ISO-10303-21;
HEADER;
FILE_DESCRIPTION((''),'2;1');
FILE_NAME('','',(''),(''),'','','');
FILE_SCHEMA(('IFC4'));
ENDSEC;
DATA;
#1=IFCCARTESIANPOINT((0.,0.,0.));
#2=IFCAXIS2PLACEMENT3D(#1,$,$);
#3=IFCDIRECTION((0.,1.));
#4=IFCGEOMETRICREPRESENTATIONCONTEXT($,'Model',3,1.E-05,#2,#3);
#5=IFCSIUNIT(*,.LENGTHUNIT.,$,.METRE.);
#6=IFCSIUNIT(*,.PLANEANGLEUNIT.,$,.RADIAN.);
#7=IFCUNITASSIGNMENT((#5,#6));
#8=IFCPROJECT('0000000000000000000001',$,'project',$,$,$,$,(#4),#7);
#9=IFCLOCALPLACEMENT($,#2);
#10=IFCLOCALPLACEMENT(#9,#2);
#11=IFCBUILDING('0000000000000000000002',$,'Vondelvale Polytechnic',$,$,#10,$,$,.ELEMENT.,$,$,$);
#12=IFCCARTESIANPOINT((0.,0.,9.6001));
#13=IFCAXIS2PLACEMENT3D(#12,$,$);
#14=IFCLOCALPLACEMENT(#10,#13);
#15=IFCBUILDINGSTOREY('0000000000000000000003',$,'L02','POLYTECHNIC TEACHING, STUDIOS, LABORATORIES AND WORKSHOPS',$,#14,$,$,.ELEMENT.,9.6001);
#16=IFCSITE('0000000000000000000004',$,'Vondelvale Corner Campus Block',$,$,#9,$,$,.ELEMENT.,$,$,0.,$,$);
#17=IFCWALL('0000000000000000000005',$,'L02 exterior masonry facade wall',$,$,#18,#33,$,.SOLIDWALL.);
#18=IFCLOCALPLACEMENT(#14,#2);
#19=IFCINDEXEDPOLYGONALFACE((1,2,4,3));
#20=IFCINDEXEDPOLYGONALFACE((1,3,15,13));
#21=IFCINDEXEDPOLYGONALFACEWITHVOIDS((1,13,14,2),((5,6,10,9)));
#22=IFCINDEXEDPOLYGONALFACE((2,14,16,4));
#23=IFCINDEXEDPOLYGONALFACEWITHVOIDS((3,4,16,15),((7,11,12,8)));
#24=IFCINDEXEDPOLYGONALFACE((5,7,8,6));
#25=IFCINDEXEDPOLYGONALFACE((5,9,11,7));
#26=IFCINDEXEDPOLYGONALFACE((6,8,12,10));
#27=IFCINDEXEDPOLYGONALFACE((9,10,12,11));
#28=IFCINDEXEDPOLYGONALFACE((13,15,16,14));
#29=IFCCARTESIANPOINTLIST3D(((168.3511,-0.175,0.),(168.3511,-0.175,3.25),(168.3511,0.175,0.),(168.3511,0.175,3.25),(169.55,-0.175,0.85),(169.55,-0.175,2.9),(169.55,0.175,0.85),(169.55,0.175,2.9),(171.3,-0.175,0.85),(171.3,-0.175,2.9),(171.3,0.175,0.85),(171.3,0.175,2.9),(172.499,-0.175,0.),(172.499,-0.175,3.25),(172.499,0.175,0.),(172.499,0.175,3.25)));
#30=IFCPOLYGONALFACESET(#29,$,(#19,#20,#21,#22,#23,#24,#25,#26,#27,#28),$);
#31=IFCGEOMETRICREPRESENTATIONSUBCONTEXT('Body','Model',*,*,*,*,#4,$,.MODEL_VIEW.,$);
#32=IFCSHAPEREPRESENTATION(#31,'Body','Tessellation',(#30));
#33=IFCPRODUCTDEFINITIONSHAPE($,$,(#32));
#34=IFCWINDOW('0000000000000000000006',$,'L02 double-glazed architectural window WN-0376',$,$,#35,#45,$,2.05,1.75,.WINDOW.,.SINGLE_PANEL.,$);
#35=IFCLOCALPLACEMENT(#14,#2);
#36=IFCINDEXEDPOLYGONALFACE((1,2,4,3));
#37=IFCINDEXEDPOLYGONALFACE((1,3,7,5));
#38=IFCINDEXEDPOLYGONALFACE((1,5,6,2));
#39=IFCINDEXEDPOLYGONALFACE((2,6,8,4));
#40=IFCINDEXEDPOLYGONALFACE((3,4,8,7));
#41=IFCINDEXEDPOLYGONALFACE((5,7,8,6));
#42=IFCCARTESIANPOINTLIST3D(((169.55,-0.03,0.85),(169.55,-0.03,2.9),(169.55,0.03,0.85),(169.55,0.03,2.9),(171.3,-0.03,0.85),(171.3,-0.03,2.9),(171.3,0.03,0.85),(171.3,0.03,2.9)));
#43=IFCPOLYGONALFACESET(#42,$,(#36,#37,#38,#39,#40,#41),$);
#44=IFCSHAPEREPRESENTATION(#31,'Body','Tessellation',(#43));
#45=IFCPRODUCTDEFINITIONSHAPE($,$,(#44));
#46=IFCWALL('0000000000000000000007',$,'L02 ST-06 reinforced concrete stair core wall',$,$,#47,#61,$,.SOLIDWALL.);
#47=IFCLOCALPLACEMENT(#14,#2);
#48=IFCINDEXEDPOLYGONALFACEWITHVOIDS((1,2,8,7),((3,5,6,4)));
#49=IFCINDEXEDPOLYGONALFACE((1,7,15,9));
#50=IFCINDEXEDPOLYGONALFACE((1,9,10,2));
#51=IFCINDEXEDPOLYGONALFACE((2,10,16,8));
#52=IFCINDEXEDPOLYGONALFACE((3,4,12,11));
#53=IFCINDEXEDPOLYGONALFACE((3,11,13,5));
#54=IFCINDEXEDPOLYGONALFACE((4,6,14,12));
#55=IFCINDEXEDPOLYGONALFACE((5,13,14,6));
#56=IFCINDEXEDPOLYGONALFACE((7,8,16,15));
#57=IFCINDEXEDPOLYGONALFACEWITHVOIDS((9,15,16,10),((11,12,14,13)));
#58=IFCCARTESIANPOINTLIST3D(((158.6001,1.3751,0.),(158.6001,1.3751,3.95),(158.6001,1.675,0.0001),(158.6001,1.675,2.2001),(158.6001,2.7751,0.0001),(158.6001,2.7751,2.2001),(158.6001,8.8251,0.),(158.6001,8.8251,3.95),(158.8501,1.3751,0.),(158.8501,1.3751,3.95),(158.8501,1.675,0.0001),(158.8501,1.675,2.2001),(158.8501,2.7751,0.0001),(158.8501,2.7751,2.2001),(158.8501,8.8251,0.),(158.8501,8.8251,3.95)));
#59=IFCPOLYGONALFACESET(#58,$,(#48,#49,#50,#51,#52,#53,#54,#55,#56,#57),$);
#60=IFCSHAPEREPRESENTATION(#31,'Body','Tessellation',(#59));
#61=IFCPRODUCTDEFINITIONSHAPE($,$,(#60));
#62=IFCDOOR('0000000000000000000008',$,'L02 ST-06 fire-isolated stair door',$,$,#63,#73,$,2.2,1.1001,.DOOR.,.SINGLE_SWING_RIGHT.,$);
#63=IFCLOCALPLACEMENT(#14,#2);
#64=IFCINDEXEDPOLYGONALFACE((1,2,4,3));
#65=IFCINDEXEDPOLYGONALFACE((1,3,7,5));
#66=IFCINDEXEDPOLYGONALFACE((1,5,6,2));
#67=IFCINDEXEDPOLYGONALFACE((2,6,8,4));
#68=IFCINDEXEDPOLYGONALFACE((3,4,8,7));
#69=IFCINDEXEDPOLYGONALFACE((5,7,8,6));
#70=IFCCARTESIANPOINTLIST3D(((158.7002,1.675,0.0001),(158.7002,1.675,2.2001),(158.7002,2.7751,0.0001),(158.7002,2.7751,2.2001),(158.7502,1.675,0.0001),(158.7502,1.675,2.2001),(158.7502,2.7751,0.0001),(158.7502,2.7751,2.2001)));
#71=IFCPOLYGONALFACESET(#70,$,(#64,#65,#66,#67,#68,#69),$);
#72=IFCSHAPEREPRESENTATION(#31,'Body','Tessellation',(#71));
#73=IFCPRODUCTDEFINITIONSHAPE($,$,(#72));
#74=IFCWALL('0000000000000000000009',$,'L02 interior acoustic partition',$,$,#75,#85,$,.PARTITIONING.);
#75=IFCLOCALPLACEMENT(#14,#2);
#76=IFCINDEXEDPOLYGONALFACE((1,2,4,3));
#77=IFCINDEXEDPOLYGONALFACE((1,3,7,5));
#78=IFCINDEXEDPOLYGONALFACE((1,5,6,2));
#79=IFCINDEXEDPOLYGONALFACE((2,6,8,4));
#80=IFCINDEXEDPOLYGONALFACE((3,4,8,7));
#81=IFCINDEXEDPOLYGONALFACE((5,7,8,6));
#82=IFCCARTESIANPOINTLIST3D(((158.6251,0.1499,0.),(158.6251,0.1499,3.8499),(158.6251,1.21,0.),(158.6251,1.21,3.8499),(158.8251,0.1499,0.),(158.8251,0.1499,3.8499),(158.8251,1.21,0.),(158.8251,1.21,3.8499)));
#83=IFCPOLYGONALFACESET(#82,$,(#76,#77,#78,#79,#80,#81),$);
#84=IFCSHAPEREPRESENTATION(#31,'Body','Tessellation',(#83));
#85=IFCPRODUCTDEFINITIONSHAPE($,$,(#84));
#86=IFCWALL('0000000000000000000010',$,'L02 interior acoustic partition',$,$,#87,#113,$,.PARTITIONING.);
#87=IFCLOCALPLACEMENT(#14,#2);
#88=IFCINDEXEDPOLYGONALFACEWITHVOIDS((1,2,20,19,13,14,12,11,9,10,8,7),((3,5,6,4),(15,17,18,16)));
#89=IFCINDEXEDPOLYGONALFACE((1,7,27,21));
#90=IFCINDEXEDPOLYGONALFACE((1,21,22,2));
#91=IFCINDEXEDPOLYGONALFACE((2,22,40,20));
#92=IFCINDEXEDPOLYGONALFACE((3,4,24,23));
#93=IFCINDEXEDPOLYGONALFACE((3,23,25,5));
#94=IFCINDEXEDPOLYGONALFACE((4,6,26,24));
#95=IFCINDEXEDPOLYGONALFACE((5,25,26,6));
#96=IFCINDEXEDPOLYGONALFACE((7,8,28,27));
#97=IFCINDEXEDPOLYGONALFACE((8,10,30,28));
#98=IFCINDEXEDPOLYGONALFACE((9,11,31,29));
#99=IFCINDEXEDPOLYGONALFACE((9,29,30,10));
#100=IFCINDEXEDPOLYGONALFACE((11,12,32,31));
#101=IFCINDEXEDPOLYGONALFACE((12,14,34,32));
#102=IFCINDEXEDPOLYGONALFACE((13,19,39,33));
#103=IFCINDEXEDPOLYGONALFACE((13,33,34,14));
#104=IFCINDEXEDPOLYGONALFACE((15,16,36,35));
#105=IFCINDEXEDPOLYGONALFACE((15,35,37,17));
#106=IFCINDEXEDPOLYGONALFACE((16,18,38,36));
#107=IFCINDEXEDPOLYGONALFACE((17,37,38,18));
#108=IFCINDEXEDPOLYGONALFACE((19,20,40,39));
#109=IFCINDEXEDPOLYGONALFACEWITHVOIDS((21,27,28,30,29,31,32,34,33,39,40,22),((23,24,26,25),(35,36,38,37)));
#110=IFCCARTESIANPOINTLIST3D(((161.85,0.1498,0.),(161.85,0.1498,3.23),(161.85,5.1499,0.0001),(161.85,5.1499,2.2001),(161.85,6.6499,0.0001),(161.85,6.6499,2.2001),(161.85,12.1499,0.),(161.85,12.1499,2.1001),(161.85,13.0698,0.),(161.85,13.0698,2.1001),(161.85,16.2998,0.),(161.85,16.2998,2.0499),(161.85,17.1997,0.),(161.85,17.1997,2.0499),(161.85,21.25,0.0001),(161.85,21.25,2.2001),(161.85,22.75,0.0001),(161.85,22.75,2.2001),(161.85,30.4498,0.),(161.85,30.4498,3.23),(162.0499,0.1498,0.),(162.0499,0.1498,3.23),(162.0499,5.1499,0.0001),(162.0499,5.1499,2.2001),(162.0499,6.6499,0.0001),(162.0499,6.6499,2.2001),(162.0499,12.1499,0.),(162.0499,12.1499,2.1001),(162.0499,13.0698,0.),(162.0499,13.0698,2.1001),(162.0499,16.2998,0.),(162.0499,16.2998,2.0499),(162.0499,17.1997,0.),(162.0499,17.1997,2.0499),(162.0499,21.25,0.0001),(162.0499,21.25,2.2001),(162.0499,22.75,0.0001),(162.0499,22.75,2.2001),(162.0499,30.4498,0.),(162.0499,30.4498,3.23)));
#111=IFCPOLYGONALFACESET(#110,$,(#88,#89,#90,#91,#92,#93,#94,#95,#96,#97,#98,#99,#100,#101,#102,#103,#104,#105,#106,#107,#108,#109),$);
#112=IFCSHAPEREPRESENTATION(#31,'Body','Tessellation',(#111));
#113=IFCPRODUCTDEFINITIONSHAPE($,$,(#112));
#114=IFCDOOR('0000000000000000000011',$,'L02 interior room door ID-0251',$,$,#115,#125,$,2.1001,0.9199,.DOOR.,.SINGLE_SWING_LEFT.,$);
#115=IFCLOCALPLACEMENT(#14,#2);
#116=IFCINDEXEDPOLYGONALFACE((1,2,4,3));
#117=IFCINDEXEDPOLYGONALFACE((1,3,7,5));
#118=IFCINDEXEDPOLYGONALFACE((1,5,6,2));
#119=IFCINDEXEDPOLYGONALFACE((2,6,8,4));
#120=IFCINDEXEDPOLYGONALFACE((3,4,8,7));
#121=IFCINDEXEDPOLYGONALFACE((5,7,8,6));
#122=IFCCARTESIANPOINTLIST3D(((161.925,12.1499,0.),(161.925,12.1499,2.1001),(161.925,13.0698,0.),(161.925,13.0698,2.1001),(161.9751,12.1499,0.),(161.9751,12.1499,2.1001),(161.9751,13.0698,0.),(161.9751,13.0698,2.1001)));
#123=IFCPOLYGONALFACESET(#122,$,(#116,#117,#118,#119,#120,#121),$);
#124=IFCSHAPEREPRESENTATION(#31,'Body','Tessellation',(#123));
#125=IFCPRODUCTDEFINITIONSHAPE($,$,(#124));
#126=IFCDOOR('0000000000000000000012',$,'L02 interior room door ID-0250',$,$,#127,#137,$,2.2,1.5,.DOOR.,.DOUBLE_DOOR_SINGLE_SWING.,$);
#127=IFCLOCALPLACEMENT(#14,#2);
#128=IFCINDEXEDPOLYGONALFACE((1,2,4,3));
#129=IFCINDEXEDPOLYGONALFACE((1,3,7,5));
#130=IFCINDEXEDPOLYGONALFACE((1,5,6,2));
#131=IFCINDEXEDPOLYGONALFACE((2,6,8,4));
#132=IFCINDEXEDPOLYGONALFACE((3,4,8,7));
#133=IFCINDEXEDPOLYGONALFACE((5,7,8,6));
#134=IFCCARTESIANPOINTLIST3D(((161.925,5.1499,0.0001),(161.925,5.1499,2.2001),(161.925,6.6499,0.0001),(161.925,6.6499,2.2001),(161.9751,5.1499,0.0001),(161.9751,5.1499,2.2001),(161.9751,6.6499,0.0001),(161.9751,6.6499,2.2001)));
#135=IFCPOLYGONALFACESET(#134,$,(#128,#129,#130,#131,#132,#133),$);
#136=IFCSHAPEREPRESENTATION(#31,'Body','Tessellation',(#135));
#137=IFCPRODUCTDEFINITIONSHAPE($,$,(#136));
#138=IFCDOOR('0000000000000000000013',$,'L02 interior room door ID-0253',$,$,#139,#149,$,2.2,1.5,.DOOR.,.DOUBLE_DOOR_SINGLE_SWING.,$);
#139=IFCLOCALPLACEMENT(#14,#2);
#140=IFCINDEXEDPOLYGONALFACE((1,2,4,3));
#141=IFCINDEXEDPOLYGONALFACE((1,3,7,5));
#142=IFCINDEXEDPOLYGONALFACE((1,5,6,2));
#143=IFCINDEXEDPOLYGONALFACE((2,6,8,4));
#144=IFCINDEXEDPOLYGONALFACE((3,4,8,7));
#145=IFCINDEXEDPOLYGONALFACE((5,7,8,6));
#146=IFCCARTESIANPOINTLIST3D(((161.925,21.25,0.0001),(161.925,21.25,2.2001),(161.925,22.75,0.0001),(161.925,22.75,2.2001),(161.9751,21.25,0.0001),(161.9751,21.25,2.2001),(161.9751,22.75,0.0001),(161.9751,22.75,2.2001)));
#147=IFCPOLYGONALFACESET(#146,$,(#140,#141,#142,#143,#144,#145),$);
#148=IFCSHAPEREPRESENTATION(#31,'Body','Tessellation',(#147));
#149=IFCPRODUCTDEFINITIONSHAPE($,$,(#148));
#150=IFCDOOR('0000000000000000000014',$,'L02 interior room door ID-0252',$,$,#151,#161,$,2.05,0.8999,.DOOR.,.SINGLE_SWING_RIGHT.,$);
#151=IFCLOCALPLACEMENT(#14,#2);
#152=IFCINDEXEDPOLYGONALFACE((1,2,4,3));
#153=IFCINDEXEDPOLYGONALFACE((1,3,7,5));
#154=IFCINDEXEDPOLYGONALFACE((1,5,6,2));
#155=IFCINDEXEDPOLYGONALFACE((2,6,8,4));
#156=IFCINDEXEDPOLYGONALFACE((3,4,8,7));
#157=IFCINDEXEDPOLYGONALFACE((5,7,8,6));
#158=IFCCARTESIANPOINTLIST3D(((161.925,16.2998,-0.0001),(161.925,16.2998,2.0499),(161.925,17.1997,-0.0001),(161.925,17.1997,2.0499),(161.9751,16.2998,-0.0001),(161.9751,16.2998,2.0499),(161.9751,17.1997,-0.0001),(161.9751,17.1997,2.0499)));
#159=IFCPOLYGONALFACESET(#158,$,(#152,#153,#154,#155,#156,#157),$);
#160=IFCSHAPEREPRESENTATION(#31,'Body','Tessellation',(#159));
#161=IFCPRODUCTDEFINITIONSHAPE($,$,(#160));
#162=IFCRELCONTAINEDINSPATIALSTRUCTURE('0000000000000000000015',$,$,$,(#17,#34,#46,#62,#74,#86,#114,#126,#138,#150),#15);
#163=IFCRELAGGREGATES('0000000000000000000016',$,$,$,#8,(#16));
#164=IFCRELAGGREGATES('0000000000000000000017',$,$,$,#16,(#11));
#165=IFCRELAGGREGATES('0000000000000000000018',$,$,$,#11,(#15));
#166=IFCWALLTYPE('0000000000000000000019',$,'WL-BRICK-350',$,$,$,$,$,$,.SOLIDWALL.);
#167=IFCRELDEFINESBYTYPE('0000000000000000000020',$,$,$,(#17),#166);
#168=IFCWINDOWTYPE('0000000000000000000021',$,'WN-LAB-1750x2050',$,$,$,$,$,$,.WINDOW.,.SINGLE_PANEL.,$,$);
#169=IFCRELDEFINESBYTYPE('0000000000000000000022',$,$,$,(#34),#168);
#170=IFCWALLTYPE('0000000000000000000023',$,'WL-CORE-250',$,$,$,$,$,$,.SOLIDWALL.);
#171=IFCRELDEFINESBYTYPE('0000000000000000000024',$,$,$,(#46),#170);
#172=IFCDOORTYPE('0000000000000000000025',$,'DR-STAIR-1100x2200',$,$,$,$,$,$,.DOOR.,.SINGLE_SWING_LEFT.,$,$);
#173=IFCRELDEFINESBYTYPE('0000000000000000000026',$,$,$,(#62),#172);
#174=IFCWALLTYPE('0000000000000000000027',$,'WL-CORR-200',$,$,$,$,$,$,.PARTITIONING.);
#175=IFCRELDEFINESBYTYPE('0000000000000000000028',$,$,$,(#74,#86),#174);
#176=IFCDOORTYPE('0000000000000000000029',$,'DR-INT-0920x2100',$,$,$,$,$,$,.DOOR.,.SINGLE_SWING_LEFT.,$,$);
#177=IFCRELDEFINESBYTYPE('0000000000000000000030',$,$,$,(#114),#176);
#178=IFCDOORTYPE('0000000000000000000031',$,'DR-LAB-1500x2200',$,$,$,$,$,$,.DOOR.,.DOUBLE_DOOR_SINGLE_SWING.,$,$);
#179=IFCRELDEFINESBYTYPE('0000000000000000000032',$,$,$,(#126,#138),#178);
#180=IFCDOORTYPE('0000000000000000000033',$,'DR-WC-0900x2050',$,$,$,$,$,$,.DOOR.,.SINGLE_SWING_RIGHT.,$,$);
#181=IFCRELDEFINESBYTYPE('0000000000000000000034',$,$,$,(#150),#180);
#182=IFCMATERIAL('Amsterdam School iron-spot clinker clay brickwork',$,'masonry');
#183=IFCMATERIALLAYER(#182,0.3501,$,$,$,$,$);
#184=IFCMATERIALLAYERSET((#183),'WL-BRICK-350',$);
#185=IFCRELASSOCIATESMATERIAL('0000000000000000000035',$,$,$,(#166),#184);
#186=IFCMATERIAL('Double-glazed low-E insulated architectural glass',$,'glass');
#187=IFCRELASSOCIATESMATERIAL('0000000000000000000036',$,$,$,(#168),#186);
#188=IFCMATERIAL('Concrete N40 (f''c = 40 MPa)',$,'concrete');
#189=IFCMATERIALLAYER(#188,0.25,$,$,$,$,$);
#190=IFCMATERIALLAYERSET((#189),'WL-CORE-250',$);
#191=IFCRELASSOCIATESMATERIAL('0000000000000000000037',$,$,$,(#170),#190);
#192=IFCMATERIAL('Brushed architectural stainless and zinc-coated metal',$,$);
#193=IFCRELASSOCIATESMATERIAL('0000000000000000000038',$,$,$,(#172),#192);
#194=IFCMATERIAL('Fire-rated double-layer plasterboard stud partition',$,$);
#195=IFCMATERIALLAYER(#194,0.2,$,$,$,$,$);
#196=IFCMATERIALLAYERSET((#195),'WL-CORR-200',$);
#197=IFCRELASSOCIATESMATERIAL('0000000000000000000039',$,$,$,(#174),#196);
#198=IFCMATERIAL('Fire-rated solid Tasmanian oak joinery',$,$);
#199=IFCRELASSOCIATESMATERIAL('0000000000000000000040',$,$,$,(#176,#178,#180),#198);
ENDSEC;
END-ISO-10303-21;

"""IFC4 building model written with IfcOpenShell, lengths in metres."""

from ifc_helpers import new_model, si_unit, direction, frame, frame_2d, origin, place, context, subcontext, project, spatial, rectangle, extrude, material, layer, layer_set, type_object, element, fill, save


model = new_model("IFC4")

# Units and contexts
model_context = context("Model", 3, precision=1e-05, world=origin(), true_north=direction((0.0, 1.0)))
body_context = subcontext(model_context, "Body", "Model", "MODEL_VIEW")
ifc_project = project(units=[si_unit("LENGTHUNIT", "METRE"), si_unit("PLANEANGLEUNIT", "RADIAN")], contexts=[model_context])

# Site, building, storey
site_placement = place(None, origin())
site = spatial("IfcSite", under=ifc_project, at=site_placement, Name="Vondelvale Corner Campus Block", CompositionType="ELEMENT", RefElevation=0.0)
building_placement = place(site_placement, origin())
building = spatial("IfcBuilding", under=site, at=building_placement, Name="Vondelvale Polytechnic", CompositionType="ELEMENT")
storey_placement = place(building_placement, frame((0.0, 0.0, 9.6001)))
storey = spatial("IfcBuildingStorey", under=building, at=storey_placement, Name="L02", Description="POLYTECHNIC TEACHING, STUDIOS, LABORATORIES AND WORKSHOPS", CompositionType="ELEMENT", Elevation=9.6001)

# Shared definitions
ifc_material_1 = material(Name="Concrete N40 (f'c = 40 MPa)", Category="concrete")

# Shared definitions
ifc_material_2 = material(Name="Amsterdam School iron-spot clinker clay brickwork", Category="masonry")
ifc_layer_1 = layer(ifc_material_2, 0.3501)
ifc_layer_set_1 = layer_set([ifc_layer_1], Name="WL-BRICK-350")
wall_type_1 = type_object("IfcWallType", Name="WL-BRICK-350", PredefinedType="SOLIDWALL", material=ifc_layer_set_1)
ifc_material_3 = material(Name="Double-glazed low-E insulated architectural glass", Category="glass")

# Wall, opening, window
wall_1_placement = place(storey_placement, frame((172.499, 0.0, 0.0), z_axis=(0.0, 0.0, 1.0), x_axis=(-1.0, 0.0, 0.0)))
wall_1 = element("IfcWall", 1, at=wall_1_placement, inside=storey, type_object=wall_type_1, Name="L02 exterior masonry facade wall", PredefinedType="SOLIDWALL", context=body_context, shape_type="SweptSolid", body=[
    extrude(rectangle(XDim=4.1479, YDim=0.3501, at=frame_2d((2.074, 0.0))), origin(), (0.0, 0.0, 1.0), 3.25),
])
opening_1_placement = place(wall_1_placement, frame((1.199, 0.0, 0.8501)))
opening_1 = element("IfcOpeningElement", 2, at=opening_1_placement, cuts=wall_1, PredefinedType="OPENING", context=body_context, shape_type="SweptSolid", body=[
    extrude(rectangle(XDim=1.75, YDim=2.05, at=frame_2d((0.875, 1.0249))), frame((0.0, 0.1851, 0.0), z_axis=(0.0, -1.0, 0.0), x_axis=(1.0, 0.0, 0.0)), (0.0, 0.0, 1.0), 0.3701),
])
window_type_1 = type_object("IfcWindowType", Name="WN-LAB-1750x2050", PartitioningType="SINGLE_PANEL", PredefinedType="WINDOW", material=ifc_material_3)
window_1_placement = place(opening_1_placement, origin())
window_1 = element("IfcWindow", 3, at=window_1_placement, inside=storey, type_object=window_type_1, Name="L02 double-glazed architectural window WN-0376", OverallHeight=2.05, OverallWidth=1.75, PartitioningType="SINGLE_PANEL", PredefinedType="WINDOW", context=body_context, shape_type="SweptSolid", body=[
    extrude(rectangle(XDim=1.75, YDim=2.05, at=frame_2d((0.875, 1.0249))), frame((0.0, 0.03, 0.0), z_axis=(0.0, -1.0, 0.0), x_axis=(1.0, 0.0, 0.0)), (0.0, 0.0, 1.0), 0.0601),
])
fill(opening_1, window_1)

# Wall, opening, door
ifc_layer_2 = layer(ifc_material_1, 0.25)
ifc_layer_set_2 = layer_set([ifc_layer_2], Name="WL-CORE-250")
wall_type_2 = type_object("IfcWallType", Name="WL-CORE-250", PredefinedType="SOLIDWALL", material=ifc_layer_set_2)
wall_2_placement = place(storey_placement, frame((158.7251, 1.375, 0.0), z_axis=(0.0, 0.0, 1.0), x_axis=(0.0, 1.0, 0.0)))
wall_2 = element("IfcWall", 4, at=wall_2_placement, inside=storey, type_object=wall_type_2, Name="L02 ST-06 reinforced concrete stair core wall", PredefinedType="SOLIDWALL", context=body_context, shape_type="SweptSolid", body=[
    extrude(rectangle(XDim=7.45, YDim=0.25, at=frame_2d((3.7251, 0.0))), origin(), (0.0, 0.0, 1.0), 3.95),
])
opening_2_placement = place(wall_2_placement, frame((0.3, 0.0, 0.0)))
opening_2 = element("IfcOpeningElement", 5, at=opening_2_placement, cuts=wall_2, PredefinedType="OPENING", context=body_context, shape_type="SweptSolid", body=[
    extrude(rectangle(XDim=1.1001, YDim=2.2, at=frame_2d((0.55, 1.1001))), frame((0.0, 0.135, 0.0), z_axis=(0.0, -1.0, 0.0), x_axis=(1.0, 0.0, 0.0)), (0.0, 0.0, 1.0), 0.27),
])
ifc_material_4 = material(Name="Brushed architectural stainless and zinc-coated metal")
door_type_1 = type_object("IfcDoorType", Name="DR-STAIR-1100x2200", OperationType="SINGLE_SWING_LEFT", PredefinedType="DOOR", material=ifc_material_4)
door_1_placement = place(opening_2_placement, origin())
door_1 = element("IfcDoor", 6, at=door_1_placement, inside=storey, type_object=door_type_1, Name="L02 ST-06 fire-isolated stair door", OperationType="SINGLE_SWING_RIGHT", OverallHeight=2.2, OverallWidth=1.1001, PredefinedType="DOOR", context=body_context, shape_type="SweptSolid", body=[
    extrude(rectangle(XDim=1.1001, YDim=2.2, at=frame_2d((0.55, 1.1001))), frame((0.0, 0.0249, 0.0), z_axis=(0.0, -1.0, 0.0), x_axis=(1.0, 0.0, 0.0)), (0.0, 0.0, 1.0), 0.05),
])
fill(opening_2, door_1)

# Wall
ifc_material_5 = material(Name="Fire-rated double-layer plasterboard stud partition")
ifc_layer_3 = layer(ifc_material_5, 0.2)
ifc_layer_set_3 = layer_set([ifc_layer_3], Name="WL-CORR-200")
wall_type_3 = type_object("IfcWallType", Name="WL-CORR-200", PredefinedType="PARTITIONING", material=ifc_layer_set_3)
wall_3_placement = place(storey_placement, frame((158.7251, 0.1499, 0.0), z_axis=(0.0, 0.0, 1.0), x_axis=(0.0, 1.0, 0.0)))
element("IfcWall", 7, at=wall_3_placement, inside=storey, type_object=wall_type_3, Name="L02 interior acoustic partition", PredefinedType="PARTITIONING", context=body_context, shape_type="SweptSolid", body=[
    extrude(rectangle(XDim=1.0601, YDim=0.2, at=frame_2d((0.53, 0.0))), origin(), (0.0, 0.0, 1.0), 3.8499),
])

# Wall, openings, doors
wall_4_placement = place(storey_placement, frame((161.95, 0.1499, 0.0), z_axis=(0.0, 0.0, 1.0), x_axis=(0.0, 1.0, 0.0)))
wall_4 = element("IfcWall", 8, at=wall_4_placement, inside=storey, type_object=wall_type_3, Name="L02 interior acoustic partition", PredefinedType="PARTITIONING", context=body_context, shape_type="SweptSolid", body=[
    extrude(rectangle(XDim=30.3, YDim=0.2, at=frame_2d((15.1499, 0.0))), origin(), (0.0, 0.0, 1.0), 3.23),
])
opening_3_placement = place(wall_4_placement, frame((5.0, 0.0, 0.0)))
opening_3 = element("IfcOpeningElement", 9, at=opening_3_placement, cuts=wall_4, PredefinedType="OPENING", context=body_context, shape_type="SweptSolid", body=[
    extrude(rectangle(XDim=1.5, YDim=2.2, at=frame_2d((0.75, 1.1001))), frame((0.0, 0.1099, 0.0), z_axis=(0.0, -1.0, 0.0), x_axis=(1.0, 0.0, 0.0)), (0.0, 0.0, 1.0), 0.22),
])
opening_4_placement = place(wall_4_placement, frame((12.0, 0.0, 0.0)))
opening_4 = element("IfcOpeningElement", 10, at=opening_4_placement, cuts=wall_4, PredefinedType="OPENING", context=body_context, shape_type="SweptSolid", body=[
    extrude(rectangle(XDim=0.9199, YDim=2.1001, at=frame_2d((0.46, 1.05))), frame((0.0, 0.1099, 0.0), z_axis=(0.0, -1.0, 0.0), x_axis=(1.0, 0.0, 0.0)), (0.0, 0.0, 1.0), 0.22),
])
opening_5_placement = place(wall_4_placement, frame((16.1499, 0.0, 0.0)))
opening_5 = element("IfcOpeningElement", 11, at=opening_5_placement, cuts=wall_4, PredefinedType="OPENING", context=body_context, shape_type="SweptSolid", body=[
    extrude(rectangle(XDim=0.8999, YDim=2.05, at=frame_2d((0.45, 1.0249))), frame((0.0, 0.1099, 0.0), z_axis=(0.0, -1.0, 0.0), x_axis=(1.0, 0.0, 0.0)), (0.0, 0.0, 1.0), 0.22),
])
opening_6_placement = place(wall_4_placement, frame((21.1001, 0.0, 0.0)))
opening_6 = element("IfcOpeningElement", 12, at=opening_6_placement, cuts=wall_4, PredefinedType="OPENING", context=body_context, shape_type="SweptSolid", body=[
    extrude(rectangle(XDim=1.5, YDim=2.2, at=frame_2d((0.75, 1.1001))), frame((0.0, 0.1099, 0.0), z_axis=(0.0, -1.0, 0.0), x_axis=(1.0, 0.0, 0.0)), (0.0, 0.0, 1.0), 0.22),
])
ifc_material_6 = material(Name="Fire-rated solid Tasmanian oak joinery")
door_type_2 = type_object("IfcDoorType", Name="DR-INT-0920x2100", OperationType="SINGLE_SWING_LEFT", PredefinedType="DOOR", material=ifc_material_6)
door_2_placement = place(opening_4_placement, origin())
door_2 = element("IfcDoor", 13, at=door_2_placement, inside=storey, type_object=door_type_2, Name="L02 interior room door ID-0251", OperationType="SINGLE_SWING_LEFT", OverallHeight=2.1001, OverallWidth=0.9199, PredefinedType="DOOR", context=body_context, shape_type="SweptSolid", body=[
    extrude(rectangle(XDim=0.9199, YDim=2.1001, at=frame_2d((0.46, 1.05))), frame((0.0, 0.0249, 0.0), z_axis=(0.0, -1.0, 0.0), x_axis=(1.0, 0.0, 0.0)), (0.0, 0.0, 1.0), 0.05),
])
fill(opening_4, door_2)
door_type_3 = type_object("IfcDoorType", Name="DR-LAB-1500x2200", OperationType="DOUBLE_DOOR_SINGLE_SWING", PredefinedType="DOOR", material=ifc_material_6)
door_3_placement = place(opening_3_placement, origin())
door_3 = element("IfcDoor", 14, at=door_3_placement, inside=storey, type_object=door_type_3, Name="L02 interior room door ID-0250", OperationType="DOUBLE_DOOR_SINGLE_SWING", OverallHeight=2.2, OverallWidth=1.5, PredefinedType="DOOR", context=body_context, shape_type="SweptSolid", body=[
    extrude(rectangle(XDim=1.5, YDim=2.2, at=frame_2d((0.75, 1.1001))), frame((0.0, 0.0249, 0.0), z_axis=(0.0, -1.0, 0.0), x_axis=(1.0, 0.0, 0.0)), (0.0, 0.0, 1.0), 0.05),
])
fill(opening_3, door_3)
door_4_placement = place(opening_6_placement, origin())
door_4 = element("IfcDoor", 15, at=door_4_placement, inside=storey, type_object=door_type_3, Name="L02 interior room door ID-0253", OperationType="DOUBLE_DOOR_SINGLE_SWING", OverallHeight=2.2, OverallWidth=1.5, PredefinedType="DOOR", context=body_context, shape_type="SweptSolid", body=[
    extrude(rectangle(XDim=1.5, YDim=2.2, at=frame_2d((0.75, 1.1001))), frame((0.0, 0.0249, 0.0), z_axis=(0.0, -1.0, 0.0), x_axis=(1.0, 0.0, 0.0)), (0.0, 0.0, 1.0), 0.05),
])
fill(opening_6, door_4)
door_type_4 = type_object("IfcDoorType", Name="DR-WC-0900x2050", OperationType="SINGLE_SWING_RIGHT", PredefinedType="DOOR", material=ifc_material_6)
door_5_placement = place(opening_5_placement, origin())
door_5 = element("IfcDoor", 16, at=door_5_placement, inside=storey, type_object=door_type_4, Name="L02 interior room door ID-0252", OperationType="SINGLE_SWING_RIGHT", OverallHeight=2.05, OverallWidth=0.8999, PredefinedType="DOOR", context=body_context, shape_type="SweptSolid", body=[
    extrude(rectangle(XDim=0.8999, YDim=2.05, at=frame_2d((0.45, 1.0249))), frame((0.0, 0.0249, 0.0), z_axis=(0.0, -1.0, 0.0), x_axis=(1.0, 0.0, 0.0)), (0.0, 0.0, 1.0), 0.05),
])
fill(opening_5, door_5)

save(model, "model.ifc")
